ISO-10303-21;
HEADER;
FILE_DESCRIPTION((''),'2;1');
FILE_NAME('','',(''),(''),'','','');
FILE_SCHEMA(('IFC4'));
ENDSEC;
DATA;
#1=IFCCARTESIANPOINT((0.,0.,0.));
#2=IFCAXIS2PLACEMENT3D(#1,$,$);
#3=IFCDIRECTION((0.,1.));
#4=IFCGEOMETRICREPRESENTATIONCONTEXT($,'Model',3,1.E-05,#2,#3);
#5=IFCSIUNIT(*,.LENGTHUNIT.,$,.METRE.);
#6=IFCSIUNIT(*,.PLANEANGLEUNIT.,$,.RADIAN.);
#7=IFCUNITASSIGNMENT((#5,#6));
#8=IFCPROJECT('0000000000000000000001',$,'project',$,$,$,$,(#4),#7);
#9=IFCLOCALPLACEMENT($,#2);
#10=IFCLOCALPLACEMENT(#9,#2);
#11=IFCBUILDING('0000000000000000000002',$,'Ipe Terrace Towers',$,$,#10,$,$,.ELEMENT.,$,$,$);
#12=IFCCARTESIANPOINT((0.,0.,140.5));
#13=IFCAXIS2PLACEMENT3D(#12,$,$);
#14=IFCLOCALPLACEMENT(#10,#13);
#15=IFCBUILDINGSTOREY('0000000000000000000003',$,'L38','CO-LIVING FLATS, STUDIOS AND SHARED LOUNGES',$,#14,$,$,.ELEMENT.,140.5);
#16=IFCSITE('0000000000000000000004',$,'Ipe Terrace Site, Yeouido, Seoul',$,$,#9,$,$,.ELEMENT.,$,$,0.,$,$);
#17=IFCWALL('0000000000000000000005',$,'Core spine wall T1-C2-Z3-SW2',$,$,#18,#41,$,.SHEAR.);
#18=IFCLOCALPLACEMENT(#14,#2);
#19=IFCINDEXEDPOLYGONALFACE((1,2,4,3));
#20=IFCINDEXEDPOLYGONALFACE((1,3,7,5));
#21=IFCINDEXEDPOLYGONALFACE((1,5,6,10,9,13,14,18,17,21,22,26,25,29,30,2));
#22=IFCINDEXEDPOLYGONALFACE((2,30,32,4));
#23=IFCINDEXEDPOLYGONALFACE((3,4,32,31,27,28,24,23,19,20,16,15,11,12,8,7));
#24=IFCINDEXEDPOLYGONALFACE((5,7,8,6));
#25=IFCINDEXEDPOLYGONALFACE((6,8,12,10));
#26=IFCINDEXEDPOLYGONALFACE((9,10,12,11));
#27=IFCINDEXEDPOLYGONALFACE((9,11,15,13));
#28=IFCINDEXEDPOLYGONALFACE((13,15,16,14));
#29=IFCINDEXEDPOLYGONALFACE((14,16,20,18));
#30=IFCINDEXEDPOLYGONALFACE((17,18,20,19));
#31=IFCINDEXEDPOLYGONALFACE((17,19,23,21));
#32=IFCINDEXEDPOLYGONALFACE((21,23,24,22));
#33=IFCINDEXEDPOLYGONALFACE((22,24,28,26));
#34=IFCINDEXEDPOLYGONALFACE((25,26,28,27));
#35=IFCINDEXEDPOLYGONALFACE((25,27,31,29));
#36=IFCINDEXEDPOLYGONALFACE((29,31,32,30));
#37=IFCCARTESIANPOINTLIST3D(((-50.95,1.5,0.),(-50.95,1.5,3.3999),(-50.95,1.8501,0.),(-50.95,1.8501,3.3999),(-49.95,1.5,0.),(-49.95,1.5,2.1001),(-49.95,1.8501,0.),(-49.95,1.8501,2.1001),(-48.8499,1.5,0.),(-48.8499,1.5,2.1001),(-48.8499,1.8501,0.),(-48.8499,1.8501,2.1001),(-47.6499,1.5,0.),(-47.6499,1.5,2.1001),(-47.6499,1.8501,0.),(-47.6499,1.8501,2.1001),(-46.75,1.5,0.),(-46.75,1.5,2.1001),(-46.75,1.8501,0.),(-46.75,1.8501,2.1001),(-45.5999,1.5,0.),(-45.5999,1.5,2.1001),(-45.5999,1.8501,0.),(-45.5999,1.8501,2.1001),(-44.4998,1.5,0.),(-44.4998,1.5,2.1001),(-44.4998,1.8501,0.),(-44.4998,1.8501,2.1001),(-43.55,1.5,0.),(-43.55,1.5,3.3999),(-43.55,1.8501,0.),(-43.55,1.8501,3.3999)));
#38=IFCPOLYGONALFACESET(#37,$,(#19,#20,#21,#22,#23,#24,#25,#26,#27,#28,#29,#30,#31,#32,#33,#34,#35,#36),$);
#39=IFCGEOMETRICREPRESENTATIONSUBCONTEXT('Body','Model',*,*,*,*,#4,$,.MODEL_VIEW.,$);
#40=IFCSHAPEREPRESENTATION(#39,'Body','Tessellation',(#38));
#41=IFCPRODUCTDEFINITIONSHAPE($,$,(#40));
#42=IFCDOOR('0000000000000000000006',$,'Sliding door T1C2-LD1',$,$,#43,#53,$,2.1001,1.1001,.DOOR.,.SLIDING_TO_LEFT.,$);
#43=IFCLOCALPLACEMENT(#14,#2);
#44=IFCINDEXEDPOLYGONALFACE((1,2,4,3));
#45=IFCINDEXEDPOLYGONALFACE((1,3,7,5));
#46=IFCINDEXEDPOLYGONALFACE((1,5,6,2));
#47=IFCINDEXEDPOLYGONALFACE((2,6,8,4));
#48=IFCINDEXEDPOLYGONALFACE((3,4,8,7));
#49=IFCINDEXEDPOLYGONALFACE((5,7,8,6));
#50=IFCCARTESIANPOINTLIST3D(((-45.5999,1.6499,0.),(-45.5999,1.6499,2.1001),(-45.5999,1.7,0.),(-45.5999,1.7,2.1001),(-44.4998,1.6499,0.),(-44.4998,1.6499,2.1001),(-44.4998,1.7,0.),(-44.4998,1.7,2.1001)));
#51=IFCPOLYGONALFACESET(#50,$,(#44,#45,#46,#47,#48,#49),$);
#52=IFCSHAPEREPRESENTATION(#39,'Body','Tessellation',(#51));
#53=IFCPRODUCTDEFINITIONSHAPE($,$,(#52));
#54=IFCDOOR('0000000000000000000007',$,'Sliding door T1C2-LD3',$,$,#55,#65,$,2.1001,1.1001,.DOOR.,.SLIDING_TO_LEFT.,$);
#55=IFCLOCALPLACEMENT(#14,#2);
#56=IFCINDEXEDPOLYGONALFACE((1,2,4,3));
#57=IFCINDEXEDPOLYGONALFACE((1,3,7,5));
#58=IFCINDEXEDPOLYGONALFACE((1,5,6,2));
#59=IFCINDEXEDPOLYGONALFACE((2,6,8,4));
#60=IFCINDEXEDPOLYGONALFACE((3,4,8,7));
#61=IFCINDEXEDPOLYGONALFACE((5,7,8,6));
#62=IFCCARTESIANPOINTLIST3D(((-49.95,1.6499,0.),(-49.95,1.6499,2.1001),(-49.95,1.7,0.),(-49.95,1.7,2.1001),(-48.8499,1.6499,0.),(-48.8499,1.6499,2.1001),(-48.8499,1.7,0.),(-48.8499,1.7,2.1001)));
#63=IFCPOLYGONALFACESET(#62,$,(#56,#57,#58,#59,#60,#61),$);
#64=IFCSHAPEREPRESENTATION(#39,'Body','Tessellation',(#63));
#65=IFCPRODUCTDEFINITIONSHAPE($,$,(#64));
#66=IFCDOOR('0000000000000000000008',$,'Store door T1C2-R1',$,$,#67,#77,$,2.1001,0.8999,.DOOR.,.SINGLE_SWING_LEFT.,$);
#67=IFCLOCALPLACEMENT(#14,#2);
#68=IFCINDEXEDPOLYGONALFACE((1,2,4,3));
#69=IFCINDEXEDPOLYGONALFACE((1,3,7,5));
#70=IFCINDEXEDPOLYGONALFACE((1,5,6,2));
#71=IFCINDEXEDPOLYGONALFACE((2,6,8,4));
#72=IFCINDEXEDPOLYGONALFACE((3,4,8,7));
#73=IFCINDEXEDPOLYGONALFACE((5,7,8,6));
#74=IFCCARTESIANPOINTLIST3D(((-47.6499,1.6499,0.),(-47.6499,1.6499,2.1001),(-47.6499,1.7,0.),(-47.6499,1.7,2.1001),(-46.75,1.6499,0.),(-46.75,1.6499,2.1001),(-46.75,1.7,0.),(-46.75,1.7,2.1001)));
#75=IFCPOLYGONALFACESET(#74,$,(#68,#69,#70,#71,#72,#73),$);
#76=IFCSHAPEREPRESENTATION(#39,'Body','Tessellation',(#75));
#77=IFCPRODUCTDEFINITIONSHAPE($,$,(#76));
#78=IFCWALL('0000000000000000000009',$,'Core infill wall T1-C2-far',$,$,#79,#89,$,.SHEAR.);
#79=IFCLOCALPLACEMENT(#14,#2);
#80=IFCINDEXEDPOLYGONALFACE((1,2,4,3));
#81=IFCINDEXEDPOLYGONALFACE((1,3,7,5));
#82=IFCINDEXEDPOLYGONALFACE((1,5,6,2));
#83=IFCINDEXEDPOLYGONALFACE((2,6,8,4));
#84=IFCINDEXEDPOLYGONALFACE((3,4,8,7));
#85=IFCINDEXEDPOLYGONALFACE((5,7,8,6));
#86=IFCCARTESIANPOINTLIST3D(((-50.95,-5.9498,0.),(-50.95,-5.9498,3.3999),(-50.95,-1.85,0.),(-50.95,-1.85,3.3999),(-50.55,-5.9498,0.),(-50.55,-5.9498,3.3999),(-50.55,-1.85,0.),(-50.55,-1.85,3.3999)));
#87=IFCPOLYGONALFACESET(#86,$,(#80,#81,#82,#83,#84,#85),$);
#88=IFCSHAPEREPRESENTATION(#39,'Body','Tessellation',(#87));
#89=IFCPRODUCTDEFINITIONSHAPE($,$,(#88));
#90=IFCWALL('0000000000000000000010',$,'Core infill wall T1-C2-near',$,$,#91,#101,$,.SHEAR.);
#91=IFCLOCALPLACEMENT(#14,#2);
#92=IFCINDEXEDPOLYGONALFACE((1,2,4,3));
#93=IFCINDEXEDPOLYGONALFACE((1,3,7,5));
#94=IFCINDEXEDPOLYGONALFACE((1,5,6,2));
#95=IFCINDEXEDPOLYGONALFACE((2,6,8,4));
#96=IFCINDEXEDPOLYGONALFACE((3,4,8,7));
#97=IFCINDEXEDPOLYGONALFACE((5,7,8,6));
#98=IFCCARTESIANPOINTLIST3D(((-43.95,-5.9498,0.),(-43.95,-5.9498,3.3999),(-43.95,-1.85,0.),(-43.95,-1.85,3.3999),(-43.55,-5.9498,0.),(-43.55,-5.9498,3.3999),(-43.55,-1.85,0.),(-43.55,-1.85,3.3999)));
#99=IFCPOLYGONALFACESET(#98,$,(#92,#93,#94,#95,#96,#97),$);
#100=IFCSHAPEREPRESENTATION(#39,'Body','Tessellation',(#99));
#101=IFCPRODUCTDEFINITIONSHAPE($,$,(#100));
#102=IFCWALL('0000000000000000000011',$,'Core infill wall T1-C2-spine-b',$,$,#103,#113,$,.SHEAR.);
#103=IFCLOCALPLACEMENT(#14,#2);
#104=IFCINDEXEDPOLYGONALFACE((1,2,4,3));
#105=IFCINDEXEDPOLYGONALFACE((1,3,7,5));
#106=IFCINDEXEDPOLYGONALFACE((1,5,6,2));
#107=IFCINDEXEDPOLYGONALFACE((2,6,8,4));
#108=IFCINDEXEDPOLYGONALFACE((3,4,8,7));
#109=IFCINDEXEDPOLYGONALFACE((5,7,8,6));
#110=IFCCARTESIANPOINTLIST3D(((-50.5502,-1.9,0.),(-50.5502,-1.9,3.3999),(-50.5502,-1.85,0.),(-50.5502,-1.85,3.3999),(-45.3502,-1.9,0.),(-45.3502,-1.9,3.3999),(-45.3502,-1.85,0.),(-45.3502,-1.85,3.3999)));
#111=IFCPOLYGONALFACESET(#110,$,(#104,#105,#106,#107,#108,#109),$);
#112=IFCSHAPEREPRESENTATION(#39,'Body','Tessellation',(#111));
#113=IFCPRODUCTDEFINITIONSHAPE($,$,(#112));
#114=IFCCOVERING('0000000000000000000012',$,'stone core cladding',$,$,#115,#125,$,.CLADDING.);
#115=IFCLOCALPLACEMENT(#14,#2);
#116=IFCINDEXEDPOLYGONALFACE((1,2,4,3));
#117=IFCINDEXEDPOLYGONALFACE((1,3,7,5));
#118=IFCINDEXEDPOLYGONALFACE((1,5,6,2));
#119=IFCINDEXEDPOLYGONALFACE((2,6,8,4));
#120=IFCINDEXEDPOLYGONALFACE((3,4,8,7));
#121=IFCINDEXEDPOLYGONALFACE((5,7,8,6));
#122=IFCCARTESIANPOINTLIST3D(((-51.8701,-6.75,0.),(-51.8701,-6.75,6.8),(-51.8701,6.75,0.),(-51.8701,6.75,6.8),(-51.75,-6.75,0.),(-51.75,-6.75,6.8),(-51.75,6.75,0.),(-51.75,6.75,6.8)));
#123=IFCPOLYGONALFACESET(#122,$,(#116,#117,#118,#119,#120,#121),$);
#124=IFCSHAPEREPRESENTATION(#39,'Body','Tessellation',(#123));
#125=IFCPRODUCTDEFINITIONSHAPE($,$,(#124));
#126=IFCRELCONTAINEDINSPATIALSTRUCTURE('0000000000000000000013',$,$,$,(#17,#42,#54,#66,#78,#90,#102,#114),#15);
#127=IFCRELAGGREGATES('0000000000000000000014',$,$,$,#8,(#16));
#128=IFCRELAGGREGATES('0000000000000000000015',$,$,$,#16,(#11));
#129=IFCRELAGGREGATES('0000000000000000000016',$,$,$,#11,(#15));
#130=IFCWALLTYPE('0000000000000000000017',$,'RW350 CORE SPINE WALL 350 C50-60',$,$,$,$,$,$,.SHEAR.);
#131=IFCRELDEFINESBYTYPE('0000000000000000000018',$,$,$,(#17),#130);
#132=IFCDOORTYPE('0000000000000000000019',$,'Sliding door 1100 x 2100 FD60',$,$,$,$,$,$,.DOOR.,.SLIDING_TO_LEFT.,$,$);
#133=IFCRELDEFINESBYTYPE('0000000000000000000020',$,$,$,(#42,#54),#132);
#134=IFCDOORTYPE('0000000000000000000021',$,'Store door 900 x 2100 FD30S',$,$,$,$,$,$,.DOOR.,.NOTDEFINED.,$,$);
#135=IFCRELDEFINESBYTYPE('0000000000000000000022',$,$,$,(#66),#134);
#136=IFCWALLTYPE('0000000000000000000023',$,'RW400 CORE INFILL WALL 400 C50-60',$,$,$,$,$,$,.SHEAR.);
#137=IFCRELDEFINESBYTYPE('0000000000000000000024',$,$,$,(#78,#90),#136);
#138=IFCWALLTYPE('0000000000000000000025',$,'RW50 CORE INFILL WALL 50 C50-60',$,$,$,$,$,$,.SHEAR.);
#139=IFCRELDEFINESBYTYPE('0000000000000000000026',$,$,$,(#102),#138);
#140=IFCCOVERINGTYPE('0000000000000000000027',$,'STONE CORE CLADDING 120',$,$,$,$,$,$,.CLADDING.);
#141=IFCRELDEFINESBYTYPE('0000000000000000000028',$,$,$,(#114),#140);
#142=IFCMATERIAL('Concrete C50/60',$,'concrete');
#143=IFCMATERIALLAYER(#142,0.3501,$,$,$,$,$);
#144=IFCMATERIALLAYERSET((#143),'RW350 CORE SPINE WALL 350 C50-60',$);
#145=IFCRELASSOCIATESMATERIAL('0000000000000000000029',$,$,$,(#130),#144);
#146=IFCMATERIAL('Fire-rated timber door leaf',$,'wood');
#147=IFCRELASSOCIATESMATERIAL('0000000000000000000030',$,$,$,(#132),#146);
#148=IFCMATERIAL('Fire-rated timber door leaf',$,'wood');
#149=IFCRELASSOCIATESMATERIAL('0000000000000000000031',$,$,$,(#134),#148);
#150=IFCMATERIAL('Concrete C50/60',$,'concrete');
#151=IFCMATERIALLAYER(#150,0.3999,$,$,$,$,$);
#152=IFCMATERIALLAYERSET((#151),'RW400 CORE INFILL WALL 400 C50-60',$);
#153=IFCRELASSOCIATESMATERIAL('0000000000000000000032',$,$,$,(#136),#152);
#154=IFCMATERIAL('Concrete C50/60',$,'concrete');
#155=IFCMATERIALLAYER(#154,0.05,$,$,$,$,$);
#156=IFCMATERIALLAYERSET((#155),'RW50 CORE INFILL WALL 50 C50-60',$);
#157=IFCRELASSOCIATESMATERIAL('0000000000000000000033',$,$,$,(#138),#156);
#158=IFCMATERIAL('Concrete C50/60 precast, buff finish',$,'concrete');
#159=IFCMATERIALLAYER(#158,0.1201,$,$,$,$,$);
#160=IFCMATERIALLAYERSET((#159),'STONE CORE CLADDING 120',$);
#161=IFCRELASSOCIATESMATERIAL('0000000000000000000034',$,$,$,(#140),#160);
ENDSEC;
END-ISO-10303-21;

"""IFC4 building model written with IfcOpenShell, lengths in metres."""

from ifc_helpers import new_model, si_unit, direction, frame, frame_2d, origin, origin_2d, place, context, subcontext, project, spatial, rectangle, extrude, material, layer, layer_set, type_object, element, fill, save


model = new_model("IFC4")

# Units and contexts
model_context = context("Model", 3, precision=1e-05, world=origin(), true_north=direction((0.0, 1.0)))
body_context = subcontext(model_context, "Body", "Model", "MODEL_VIEW")
ifc_project = project(units=[si_unit("LENGTHUNIT", "METRE"), si_unit("PLANEANGLEUNIT", "RADIAN")], contexts=[model_context])

# Site, building, storey
site_placement = place(None, origin())
site = spatial("IfcSite", under=ifc_project, at=site_placement, Name="Ipe Terrace Site, Yeouido, Seoul", CompositionType="ELEMENT", RefElevation=0.0)
building_placement = place(site_placement, origin())
building = spatial("IfcBuilding", under=site, at=building_placement, Name="Ipe Terrace Towers", CompositionType="ELEMENT")
storey_placement = place(building_placement, frame((0.0, 0.0, 140.5)))
storey = spatial("IfcBuildingStorey", under=building, at=storey_placement, Name="L38", Description="CO-LIVING FLATS, STUDIOS AND SHARED LOUNGES", CompositionType="ELEMENT", Elevation=140.5)

# Shared definitions
ifc_material_1 = material(Name="Concrete C50/60", Category="concrete")
ifc_layer_1 = layer(ifc_material_1, 0.3501)
ifc_layer_set_1 = layer_set([ifc_layer_1], Name="RW350 CORE SPINE WALL 350 C50-60")
wall_type_1 = type_object("IfcWallType", Name="RW350 CORE SPINE WALL 350 C50-60", PredefinedType="SHEAR", material=ifc_layer_set_1)

# Wall, openings, doors
wall_1_placement = place(storey_placement, frame((-50.95, 1.675, 0.0), z_axis=(0.0, 0.0, 1.0), x_axis=(1.0, 0.0, 0.0)))
wall_1 = element("IfcWall", 1, at=wall_1_placement, inside=storey, type_object=wall_type_1, Name="Core spine wall T1-C2-Z3-SW2", PredefinedType="SHEAR", context=body_context, shape_type="SweptSolid", body=[
    extrude(rectangle(XDim=7.3999, YDim=0.3501, at=frame_2d((3.7, 0.0))), origin(), (0.0, 0.0, 1.0), 3.3999),
])
opening_1_placement = place(wall_1_placement, frame((5.3501, 0.0, 0.0)))
opening_1 = element("IfcOpeningElement", 2, at=opening_1_placement, cuts=wall_1, PredefinedType="OPENING", context=body_context, shape_type="SweptSolid", body=[
    extrude(rectangle(XDim=1.1001, YDim=2.1001, at=frame_2d((0.55, 1.05))), frame((0.0, 0.1851, 0.0), z_axis=(0.0, -1.0, 0.0), x_axis=(1.0, 0.0, 0.0)), (0.0, 0.0, 1.0), 0.3701),
])
opening_2_placement = place(wall_1_placement, frame((1.0, 0.0, 0.0)))
opening_2 = element("IfcOpeningElement", 3, at=opening_2_placement, cuts=wall_1, PredefinedType="OPENING", context=body_context, shape_type="SweptSolid", body=[
    extrude(rectangle(XDim=1.1001, YDim=2.1001, at=frame_2d((0.55, 1.05))), frame((0.0, 0.1851, 0.0), z_axis=(0.0, -1.0, 0.0), x_axis=(1.0, 0.0, 0.0)), (0.0, 0.0, 1.0), 0.3701),
])
opening_3_placement = place(wall_1_placement, frame((3.3, 0.0, 0.0)))
opening_3 = element("IfcOpeningElement", 4, at=opening_3_placement, cuts=wall_1, PredefinedType="OPENING", context=body_context, shape_type="SweptSolid", body=[
    extrude(rectangle(XDim=0.8999, YDim=2.1001, at=frame_2d((0.45, 1.05))), frame((0.0, 0.1851, 0.0), z_axis=(0.0, -1.0, 0.0), x_axis=(1.0, 0.0, 0.0)), (0.0, 0.0, 1.0), 0.3701),
])
ifc_material_2 = material(Name="Fire-rated timber door leaf", Category="wood")
door_type_1 = type_object("IfcDoorType", Name="Sliding door 1100 x 2100 FD60", OperationType="SLIDING_TO_LEFT", PredefinedType="DOOR", material=ifc_material_2)
door_1_placement = place(opening_1_placement, origin())
door_1 = element("IfcDoor", 5, at=door_1_placement, inside=storey, type_object=door_type_1, Name="Sliding door T1C2-LD1", OperationType="SLIDING_TO_LEFT", OverallHeight=2.1001, OverallWidth=1.1001, PredefinedType="DOOR", context=body_context, shape_type="SweptSolid", body=[
    extrude(rectangle(XDim=1.1001, YDim=2.1001, at=frame_2d((0.55, 1.05))), frame((0.0, 0.0249, 0.0), z_axis=(0.0, -1.0, 0.0), x_axis=(1.0, 0.0, 0.0)), (0.0, 0.0, 1.0), 0.05),
])
fill(opening_1, door_1)
door_2_placement = place(opening_2_placement, origin())
door_2 = element("IfcDoor", 6, at=door_2_placement, inside=storey, type_object=door_type_1, Name="Sliding door T1C2-LD3", OperationType="SLIDING_TO_LEFT", OverallHeight=2.1001, OverallWidth=1.1001, PredefinedType="DOOR", context=body_context, shape_type="SweptSolid", body=[
    extrude(rectangle(XDim=1.1001, YDim=2.1001, at=frame_2d((0.55, 1.05))), frame((0.0, 0.0249, 0.0), z_axis=(0.0, -1.0, 0.0), x_axis=(1.0, 0.0, 0.0)), (0.0, 0.0, 1.0), 0.05),
])
fill(opening_2, door_2)
ifc_material_3 = material(Name="Fire-rated timber door leaf", Category="wood")
door_type_2 = type_object("IfcDoorType", Name="Store door 900 x 2100 FD30S", OperationType="NOTDEFINED", PredefinedType="DOOR", material=ifc_material_3)
door_3_placement = place(opening_3_placement, origin())
door_3 = element("IfcDoor", 7, at=door_3_placement, inside=storey, type_object=door_type_2, Name="Store door T1C2-R1", OperationType="SINGLE_SWING_LEFT", OverallHeight=2.1001, OverallWidth=0.8999, PredefinedType="DOOR", context=body_context, shape_type="SweptSolid", body=[
    extrude(rectangle(XDim=0.8999, YDim=2.1001, at=frame_2d((0.45, 1.05))), frame((0.0, 0.0249, 0.0), z_axis=(0.0, -1.0, 0.0), x_axis=(1.0, 0.0, 0.0)), (0.0, 0.0, 1.0), 0.05),
])
fill(opening_3, door_3)

# Walls
ifc_material_4 = material(Name="Concrete C50/60", Category="concrete")
ifc_layer_2 = layer(ifc_material_4, 0.3999)
ifc_layer_set_2 = layer_set([ifc_layer_2], Name="RW400 CORE INFILL WALL 400 C50-60")
wall_type_2 = type_object("IfcWallType", Name="RW400 CORE INFILL WALL 400 C50-60", PredefinedType="SHEAR", material=ifc_layer_set_2)
for number, where, z_axis, x_axis, name in (
    (8, (-50.75, -1.8501, 0.0), (0.0, 0.0, 1.0), (0.0, -1.0, 0.0), "Core infill wall T1-C2-far"),
    (9, (-43.75, -1.8501, 0.0), (0.0, 0.0, 1.0), (0.0, -1.0, 0.0), "Core infill wall T1-C2-near"),
):
    element("IfcWall", number, at=place(storey_placement, frame(where, z_axis=z_axis, x_axis=x_axis)), inside=storey, type_object=wall_type_2, Name=name, PredefinedType="SHEAR", context=body_context, shape_type="SweptSolid", body=[
        extrude(rectangle(XDim=4.0999, YDim=0.3999, at=frame_2d((2.0498, 0.0))), origin(), (0.0, 0.0, 1.0), 3.3999),
    ])
ifc_material_5 = material(Name="Concrete C50/60", Category="concrete")
ifc_layer_3 = layer(ifc_material_5, 0.05)
ifc_layer_set_3 = layer_set([ifc_layer_3], Name="RW50 CORE INFILL WALL 50 C50-60")
wall_type_3 = type_object("IfcWallType", Name="RW50 CORE INFILL WALL 50 C50-60", PredefinedType="SHEAR", material=ifc_layer_set_3)
wall_2_placement = place(storey_placement, frame((-45.3501, -1.875, 0.0), z_axis=(0.0, 0.0, 1.0), x_axis=(-1.0, 0.0, 0.0)))
element("IfcWall", 10, at=wall_2_placement, inside=storey, type_object=wall_type_3, Name="Core infill wall T1-C2-spine-b", PredefinedType="SHEAR", context=body_context, shape_type="SweptSolid", body=[
    extrude(rectangle(XDim=5.2, YDim=0.05, at=frame_2d((2.6001, 0.0))), origin(), (0.0, 0.0, 1.0), 3.3999),
])

# Covering
ifc_material_6 = material(Name="Concrete C50/60 precast, buff finish", Category="concrete")
ifc_layer_4 = layer(ifc_material_6, 0.1201)
ifc_layer_set_4 = layer_set([ifc_layer_4], Name="STONE CORE CLADDING 120")
covering_type = type_object("IfcCoveringType", Name="STONE CORE CLADDING 120", PredefinedType="CLADDING", material=ifc_layer_set_4)
covering_placement = place(storey_placement, frame((-51.8101, 0.0, 0.0), z_axis=(0.0, 0.0, 1.0), x_axis=(0.0, -1.0, 0.0)))
element("IfcCovering", 11, at=covering_placement, inside=storey, type_object=covering_type, Name="stone core cladding", PredefinedType="CLADDING", context=body_context, shape_type="SweptSolid", body=[
    extrude(rectangle(XDim=13.5, YDim=0.1201, at=origin_2d()), origin(), (0.0, 0.0, 1.0), 6.8),
])

save(model, "model.ifc")
